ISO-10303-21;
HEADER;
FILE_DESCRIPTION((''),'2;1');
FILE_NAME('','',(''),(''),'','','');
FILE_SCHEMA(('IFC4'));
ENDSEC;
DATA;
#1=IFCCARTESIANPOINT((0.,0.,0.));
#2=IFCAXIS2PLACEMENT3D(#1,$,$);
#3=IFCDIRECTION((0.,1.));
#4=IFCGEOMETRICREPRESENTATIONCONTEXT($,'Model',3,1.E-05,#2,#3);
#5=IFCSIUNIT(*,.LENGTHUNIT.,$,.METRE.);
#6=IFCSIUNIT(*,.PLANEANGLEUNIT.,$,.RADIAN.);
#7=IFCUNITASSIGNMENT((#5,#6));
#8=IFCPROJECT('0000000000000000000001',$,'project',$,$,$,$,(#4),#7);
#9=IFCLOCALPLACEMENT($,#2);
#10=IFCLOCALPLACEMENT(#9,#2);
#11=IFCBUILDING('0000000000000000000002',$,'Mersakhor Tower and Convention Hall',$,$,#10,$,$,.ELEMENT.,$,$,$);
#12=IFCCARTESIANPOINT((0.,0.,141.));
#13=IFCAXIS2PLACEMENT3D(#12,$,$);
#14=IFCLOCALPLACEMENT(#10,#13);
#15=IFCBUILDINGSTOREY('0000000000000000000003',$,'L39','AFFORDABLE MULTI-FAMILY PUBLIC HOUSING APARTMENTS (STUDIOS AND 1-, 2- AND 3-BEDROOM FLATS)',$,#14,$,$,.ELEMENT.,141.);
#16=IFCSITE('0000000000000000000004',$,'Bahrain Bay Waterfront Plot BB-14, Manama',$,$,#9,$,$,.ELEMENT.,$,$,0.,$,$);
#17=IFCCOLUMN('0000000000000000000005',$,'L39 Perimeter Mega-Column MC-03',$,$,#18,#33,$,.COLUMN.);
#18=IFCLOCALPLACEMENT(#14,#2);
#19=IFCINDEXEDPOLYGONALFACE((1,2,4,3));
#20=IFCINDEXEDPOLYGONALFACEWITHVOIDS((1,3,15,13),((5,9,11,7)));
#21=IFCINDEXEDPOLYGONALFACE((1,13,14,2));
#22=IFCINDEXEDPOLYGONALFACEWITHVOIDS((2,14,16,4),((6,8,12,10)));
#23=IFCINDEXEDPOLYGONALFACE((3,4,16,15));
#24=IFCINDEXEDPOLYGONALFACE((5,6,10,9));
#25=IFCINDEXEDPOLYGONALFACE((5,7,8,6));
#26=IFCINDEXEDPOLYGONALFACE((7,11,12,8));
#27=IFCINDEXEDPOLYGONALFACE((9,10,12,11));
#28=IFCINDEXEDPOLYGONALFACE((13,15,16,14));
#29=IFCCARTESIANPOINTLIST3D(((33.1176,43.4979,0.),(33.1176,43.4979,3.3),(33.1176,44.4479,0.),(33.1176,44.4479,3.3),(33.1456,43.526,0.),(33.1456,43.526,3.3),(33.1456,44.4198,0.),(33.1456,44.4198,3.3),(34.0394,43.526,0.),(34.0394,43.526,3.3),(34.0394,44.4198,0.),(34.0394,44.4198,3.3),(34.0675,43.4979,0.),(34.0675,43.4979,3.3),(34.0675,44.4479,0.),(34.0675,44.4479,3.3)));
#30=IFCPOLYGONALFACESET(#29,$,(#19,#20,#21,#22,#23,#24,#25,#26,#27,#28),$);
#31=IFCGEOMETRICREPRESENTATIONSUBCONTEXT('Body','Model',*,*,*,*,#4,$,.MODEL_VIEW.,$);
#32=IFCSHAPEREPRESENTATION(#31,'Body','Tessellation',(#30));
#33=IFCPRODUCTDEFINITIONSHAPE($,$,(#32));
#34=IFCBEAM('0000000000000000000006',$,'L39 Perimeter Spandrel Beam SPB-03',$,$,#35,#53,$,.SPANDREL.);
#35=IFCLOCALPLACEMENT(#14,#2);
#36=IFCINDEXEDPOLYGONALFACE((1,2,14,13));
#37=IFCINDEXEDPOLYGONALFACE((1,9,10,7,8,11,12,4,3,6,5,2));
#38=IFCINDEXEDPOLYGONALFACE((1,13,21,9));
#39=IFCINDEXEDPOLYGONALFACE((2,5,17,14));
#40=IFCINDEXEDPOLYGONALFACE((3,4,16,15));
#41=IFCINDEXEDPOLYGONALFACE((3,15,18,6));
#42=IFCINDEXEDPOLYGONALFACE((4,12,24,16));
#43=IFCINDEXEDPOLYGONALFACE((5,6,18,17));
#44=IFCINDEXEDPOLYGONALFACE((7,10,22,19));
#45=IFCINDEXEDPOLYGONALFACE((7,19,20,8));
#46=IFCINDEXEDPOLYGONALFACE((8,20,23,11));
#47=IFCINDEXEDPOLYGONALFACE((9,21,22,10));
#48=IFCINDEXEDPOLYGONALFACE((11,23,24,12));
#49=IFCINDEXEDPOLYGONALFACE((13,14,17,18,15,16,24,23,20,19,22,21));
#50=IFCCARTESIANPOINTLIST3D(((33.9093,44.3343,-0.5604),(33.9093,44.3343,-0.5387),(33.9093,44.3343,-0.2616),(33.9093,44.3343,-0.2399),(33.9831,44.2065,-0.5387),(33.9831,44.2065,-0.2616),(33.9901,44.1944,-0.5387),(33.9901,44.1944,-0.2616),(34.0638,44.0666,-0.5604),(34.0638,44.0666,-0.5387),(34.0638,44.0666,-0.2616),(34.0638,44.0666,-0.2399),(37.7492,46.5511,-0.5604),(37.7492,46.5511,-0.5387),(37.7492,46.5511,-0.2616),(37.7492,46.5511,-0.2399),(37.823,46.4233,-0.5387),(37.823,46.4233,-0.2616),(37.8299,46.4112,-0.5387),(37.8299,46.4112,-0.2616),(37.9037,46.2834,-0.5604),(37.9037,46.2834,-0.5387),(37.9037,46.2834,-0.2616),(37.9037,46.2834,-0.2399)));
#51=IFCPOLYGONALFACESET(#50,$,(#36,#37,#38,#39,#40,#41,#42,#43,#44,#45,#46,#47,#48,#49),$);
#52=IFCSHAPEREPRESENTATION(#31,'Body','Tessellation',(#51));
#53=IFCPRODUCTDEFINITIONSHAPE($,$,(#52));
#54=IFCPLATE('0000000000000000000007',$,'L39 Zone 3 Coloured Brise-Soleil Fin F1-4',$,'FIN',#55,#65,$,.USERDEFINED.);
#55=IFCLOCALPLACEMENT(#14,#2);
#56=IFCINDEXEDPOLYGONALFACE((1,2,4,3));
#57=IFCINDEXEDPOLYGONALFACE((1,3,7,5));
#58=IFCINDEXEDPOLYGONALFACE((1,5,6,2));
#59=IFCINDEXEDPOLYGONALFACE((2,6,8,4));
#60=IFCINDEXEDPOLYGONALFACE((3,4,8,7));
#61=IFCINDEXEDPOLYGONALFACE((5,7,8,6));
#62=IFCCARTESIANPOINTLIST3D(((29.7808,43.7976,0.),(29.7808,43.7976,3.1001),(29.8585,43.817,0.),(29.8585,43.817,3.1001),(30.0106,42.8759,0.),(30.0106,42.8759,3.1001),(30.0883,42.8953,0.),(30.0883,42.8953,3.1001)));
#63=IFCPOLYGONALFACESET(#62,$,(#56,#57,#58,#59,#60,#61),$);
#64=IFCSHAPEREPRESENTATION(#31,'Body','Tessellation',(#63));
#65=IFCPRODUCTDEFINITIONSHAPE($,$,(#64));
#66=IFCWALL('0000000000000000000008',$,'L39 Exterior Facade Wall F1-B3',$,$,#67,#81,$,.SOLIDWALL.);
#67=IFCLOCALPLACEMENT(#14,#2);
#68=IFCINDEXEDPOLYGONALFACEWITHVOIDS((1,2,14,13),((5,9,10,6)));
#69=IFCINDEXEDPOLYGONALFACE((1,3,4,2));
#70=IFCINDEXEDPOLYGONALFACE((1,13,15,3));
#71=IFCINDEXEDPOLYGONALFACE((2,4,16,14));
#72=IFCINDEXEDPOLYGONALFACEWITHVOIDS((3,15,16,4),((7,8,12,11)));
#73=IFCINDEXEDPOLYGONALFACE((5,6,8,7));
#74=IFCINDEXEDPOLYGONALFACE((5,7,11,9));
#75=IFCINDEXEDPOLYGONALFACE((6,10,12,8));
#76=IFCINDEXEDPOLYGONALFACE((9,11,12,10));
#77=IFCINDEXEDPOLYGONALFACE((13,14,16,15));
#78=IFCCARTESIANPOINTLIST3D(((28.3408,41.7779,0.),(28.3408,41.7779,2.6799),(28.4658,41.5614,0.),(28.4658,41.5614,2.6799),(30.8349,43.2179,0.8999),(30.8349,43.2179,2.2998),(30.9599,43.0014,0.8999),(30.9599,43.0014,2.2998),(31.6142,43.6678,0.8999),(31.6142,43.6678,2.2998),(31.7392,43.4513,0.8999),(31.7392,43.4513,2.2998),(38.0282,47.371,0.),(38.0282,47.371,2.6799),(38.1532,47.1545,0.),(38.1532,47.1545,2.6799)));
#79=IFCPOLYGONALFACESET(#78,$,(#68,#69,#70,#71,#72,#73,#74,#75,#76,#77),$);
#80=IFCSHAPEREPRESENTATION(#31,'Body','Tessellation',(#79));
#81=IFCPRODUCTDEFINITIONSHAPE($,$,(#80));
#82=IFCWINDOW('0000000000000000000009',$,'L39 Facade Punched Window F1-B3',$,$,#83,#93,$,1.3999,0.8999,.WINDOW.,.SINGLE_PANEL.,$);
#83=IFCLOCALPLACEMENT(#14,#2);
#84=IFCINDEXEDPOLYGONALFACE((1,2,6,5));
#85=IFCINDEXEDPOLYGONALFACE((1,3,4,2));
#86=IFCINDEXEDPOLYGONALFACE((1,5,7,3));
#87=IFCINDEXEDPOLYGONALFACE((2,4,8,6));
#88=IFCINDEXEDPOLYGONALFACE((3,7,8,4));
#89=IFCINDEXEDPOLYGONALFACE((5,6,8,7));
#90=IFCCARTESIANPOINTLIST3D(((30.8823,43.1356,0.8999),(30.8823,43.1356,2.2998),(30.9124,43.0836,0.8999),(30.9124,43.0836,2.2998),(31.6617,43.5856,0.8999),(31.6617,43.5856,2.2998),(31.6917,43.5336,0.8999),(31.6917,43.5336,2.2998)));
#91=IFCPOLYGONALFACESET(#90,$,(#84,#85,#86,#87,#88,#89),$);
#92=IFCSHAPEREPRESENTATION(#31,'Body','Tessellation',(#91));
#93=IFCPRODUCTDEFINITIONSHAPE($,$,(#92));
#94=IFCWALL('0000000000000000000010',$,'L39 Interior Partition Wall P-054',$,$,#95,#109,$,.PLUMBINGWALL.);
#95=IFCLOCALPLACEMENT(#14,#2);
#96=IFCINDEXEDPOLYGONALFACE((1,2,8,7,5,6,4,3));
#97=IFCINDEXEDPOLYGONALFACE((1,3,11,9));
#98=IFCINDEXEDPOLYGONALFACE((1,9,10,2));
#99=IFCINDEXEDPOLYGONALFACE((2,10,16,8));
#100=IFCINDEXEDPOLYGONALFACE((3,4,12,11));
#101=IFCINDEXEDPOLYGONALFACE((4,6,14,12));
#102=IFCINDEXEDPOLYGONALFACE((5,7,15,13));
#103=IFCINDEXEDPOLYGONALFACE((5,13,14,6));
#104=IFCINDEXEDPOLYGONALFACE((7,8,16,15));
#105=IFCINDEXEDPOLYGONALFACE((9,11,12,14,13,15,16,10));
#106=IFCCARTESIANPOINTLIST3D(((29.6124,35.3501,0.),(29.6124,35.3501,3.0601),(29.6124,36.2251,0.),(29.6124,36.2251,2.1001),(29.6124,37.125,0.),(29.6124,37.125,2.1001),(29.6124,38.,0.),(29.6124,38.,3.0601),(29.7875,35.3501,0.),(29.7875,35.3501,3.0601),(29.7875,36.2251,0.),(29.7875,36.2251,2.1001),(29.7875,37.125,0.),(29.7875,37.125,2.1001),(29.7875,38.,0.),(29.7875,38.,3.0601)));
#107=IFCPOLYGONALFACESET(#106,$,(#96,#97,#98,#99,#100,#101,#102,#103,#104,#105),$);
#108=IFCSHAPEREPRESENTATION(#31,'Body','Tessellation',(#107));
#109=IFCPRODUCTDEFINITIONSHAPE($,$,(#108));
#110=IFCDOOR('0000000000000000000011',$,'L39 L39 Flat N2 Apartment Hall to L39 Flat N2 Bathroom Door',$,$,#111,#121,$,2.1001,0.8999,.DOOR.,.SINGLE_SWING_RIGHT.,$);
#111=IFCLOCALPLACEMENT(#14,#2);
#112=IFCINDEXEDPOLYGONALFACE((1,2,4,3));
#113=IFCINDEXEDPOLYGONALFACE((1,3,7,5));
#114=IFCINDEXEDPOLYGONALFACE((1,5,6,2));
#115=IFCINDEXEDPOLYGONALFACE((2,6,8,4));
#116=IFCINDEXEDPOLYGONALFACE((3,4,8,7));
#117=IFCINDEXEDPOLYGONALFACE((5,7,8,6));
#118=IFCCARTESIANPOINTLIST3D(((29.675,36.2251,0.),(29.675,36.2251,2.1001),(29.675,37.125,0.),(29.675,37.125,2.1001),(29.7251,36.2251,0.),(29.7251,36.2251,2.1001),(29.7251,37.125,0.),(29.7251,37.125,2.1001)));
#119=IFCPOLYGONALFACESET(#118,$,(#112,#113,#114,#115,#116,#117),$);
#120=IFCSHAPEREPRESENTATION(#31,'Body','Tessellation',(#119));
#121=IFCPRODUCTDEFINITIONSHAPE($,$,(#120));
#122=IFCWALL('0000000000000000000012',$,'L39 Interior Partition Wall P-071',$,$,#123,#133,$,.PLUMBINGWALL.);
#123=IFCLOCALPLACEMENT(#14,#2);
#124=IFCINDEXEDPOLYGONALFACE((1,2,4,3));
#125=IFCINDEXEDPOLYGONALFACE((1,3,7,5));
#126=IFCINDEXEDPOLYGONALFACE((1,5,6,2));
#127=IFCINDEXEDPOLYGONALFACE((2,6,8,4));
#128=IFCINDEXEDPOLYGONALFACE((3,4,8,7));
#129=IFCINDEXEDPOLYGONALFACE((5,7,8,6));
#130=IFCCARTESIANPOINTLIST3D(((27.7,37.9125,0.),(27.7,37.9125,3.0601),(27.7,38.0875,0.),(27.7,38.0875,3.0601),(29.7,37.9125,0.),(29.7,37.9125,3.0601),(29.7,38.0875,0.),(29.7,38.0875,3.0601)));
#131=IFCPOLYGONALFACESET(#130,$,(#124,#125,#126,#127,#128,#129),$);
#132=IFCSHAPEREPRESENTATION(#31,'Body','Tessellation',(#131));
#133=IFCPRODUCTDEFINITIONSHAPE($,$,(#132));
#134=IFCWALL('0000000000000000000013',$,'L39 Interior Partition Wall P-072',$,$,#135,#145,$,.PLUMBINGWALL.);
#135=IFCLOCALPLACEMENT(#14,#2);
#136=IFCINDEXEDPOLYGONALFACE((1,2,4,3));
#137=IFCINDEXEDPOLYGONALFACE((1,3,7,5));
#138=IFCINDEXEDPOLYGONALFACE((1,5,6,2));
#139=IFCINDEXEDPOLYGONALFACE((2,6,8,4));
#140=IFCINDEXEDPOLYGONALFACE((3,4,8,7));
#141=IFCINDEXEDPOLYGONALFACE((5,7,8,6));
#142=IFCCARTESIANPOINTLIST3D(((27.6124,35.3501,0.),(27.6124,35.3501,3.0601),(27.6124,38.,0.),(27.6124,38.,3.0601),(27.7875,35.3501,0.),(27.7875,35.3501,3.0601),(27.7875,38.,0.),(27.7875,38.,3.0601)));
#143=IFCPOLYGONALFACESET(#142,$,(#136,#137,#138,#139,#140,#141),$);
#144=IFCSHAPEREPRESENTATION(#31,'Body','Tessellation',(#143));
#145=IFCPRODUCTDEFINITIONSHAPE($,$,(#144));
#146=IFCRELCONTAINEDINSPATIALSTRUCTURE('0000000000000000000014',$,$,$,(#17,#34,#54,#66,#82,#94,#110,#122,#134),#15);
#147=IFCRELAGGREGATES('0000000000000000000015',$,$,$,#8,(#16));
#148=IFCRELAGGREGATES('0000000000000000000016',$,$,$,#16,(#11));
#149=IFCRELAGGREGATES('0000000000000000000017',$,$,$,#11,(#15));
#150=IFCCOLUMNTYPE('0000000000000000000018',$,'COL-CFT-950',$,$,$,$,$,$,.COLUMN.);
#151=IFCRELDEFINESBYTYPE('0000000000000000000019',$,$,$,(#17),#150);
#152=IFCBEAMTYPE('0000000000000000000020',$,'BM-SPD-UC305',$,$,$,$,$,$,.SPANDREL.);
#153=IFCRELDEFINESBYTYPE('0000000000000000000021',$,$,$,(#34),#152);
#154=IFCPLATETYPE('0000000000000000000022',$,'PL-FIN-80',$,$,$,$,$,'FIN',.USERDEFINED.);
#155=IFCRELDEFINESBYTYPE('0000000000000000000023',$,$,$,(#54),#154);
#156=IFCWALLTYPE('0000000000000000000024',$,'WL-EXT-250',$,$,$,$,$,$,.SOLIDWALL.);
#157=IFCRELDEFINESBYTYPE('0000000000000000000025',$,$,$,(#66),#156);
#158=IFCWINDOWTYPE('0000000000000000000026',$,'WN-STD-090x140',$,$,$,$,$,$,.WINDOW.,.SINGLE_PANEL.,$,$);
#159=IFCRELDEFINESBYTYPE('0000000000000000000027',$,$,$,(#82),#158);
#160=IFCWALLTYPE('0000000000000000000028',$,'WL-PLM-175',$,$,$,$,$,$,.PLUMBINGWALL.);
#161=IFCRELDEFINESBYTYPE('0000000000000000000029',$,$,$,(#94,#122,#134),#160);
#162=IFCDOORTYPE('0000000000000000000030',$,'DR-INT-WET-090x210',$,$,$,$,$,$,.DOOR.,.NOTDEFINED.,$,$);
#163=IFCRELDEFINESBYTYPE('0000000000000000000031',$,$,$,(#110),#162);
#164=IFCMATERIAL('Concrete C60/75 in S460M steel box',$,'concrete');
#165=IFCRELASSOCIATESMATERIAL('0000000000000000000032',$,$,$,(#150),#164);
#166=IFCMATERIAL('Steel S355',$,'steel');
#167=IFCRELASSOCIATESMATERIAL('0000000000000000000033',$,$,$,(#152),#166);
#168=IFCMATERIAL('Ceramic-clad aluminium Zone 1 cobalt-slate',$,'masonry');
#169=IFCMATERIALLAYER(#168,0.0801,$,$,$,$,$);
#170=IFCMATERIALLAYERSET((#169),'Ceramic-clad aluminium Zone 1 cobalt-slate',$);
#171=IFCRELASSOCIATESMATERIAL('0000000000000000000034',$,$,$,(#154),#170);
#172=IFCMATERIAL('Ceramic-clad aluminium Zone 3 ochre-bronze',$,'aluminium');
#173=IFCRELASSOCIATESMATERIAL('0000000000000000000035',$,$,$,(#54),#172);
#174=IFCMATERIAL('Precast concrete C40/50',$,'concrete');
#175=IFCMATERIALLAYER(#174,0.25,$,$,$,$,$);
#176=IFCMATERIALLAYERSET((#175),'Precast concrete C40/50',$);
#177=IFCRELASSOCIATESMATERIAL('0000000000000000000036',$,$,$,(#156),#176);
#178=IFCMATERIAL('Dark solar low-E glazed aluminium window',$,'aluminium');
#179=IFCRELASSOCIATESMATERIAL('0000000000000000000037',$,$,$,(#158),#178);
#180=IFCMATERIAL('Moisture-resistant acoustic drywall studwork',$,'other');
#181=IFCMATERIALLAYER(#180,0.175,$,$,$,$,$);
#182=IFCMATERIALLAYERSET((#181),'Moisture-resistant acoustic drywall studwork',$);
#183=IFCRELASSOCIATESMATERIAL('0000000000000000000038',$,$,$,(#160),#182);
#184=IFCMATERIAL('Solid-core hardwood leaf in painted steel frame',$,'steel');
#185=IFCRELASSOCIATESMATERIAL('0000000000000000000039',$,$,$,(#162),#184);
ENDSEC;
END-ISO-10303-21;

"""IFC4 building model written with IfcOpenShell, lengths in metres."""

from ifc_helpers import new_model, si_unit, direction, frame, frame_2d, origin, origin_2d, place, context, subcontext, project, spatial, rectangle, hollow_rectangle, i_section, extrude, material, layer, layer_set, material_profile, profile_set, type_object, element, fill, save


model = new_model("IFC4")

# Units and contexts
model_context = context("Model", 3, precision=1e-05, world=origin(), true_north=direction((0.0, 1.0)))
body_context = subcontext(model_context, "Body", "Model", "MODEL_VIEW")
ifc_project = project(units=[si_unit("LENGTHUNIT", "METRE"), si_unit("PLANEANGLEUNIT", "RADIAN")], contexts=[model_context])

# Site, building, storey
site_placement = place(None, origin())
site = spatial("IfcSite", under=ifc_project, at=site_placement, Name="Bahrain Bay Waterfront Plot BB-14, Manama", CompositionType="ELEMENT", RefElevation=0.0)
building_placement = place(site_placement, origin())
building = spatial("IfcBuilding", under=site, at=building_placement, Name="Mersakhor Tower and Convention Hall", CompositionType="ELEMENT")
storey_placement = place(building_placement, frame((0.0, 0.0, 141.0)))
storey = spatial("IfcBuildingStorey", under=building, at=storey_placement, Name="L39", Description="AFFORDABLE MULTI-FAMILY PUBLIC HOUSING APARTMENTS (STUDIOS AND 1-, 2- AND 3-BEDROOM FLATS)", CompositionType="ELEMENT", Elevation=141.0)

# Column
ifc_material_1 = material(Name="Concrete C60/75 in S460M steel box", Category="concrete")
ifc_material_profile_1 = material_profile(ifc_material_1, hollow_rectangle(XDim=0.95, YDim=0.95, WallThickness=0.0281, at=origin_2d()), Name="SHS 950x950x28")
ifc_profile_set_1 = profile_set([ifc_material_profile_1], Name="Concrete C60/75 in S460M steel box")
column_type = type_object("IfcColumnType", Name="COL-CFT-950", PredefinedType="COLUMN", material=ifc_profile_set_1)
column_placement = place(storey_placement, frame((33.5925, 43.9729, 0.0), z_axis=(0.0, 0.0, 1.0), x_axis=(1.0, 0.0, 0.0)))
element("IfcColumn", 1, at=column_placement, inside=storey, type_object=column_type, Name="L39 Perimeter Mega-Column MC-03", PredefinedType="COLUMN", context=body_context, shape_type="SweptSolid", body=[
    extrude(hollow_rectangle(XDim=0.95, YDim=0.95, WallThickness=0.0281, at=origin_2d()), origin(), (0.0, 0.0, 1.0), 3.3),
])

# Beam
ifc_material_2 = material(Name="Steel S355", Category="steel")
ifc_material_profile_2 = material_profile(ifc_material_2, i_section(OverallWidth=0.3091, OverallDepth=0.3206, WebThickness=0.0139, FlangeThickness=0.0217, at=origin_2d()), Name="UC 305x305x137")
ifc_profile_set_2 = profile_set([ifc_material_profile_2], Name="Steel S355")
beam_type = type_object("IfcBeamType", Name="BM-SPD-UC305", PredefinedType="SPANDREL", material=ifc_profile_set_2)
beam_placement = place(storey_placement, frame((33.9866, 44.2004, -0.4001), z_axis=(0.866039, 0.499977, 0.0), x_axis=(-0.499977, 0.866039, 0.0)))
element("IfcBeam", 2, at=beam_placement, inside=storey, type_object=beam_type, Name="L39 Perimeter Spandrel Beam SPB-03", PredefinedType="SPANDREL", context=body_context, shape_type="SweptSolid", body=[
    extrude(i_section(OverallWidth=0.3091, OverallDepth=0.3206, WebThickness=0.0139, FlangeThickness=0.0217, at=origin_2d()), origin(), (0.0, 0.0, 1.0), 4.4338),
])

# Plate
ifc_material_3 = material(Name="Ceramic-clad aluminium Zone 3 ochre-bronze", Category="aluminium")
ifc_material_4 = material(Name="Ceramic-clad aluminium Zone 1 cobalt-slate", Category="masonry")
ifc_layer_1 = layer(ifc_material_4, 0.0801)
ifc_layer_set_1 = layer_set([ifc_layer_1], Name="Ceramic-clad aluminium Zone 1 cobalt-slate")
plate_type = type_object("IfcPlateType", Name="PL-FIN-80", ElementType="FIN", PredefinedType="USERDEFINED", material=ifc_layer_set_1)
plate_placement = place(storey_placement, frame((29.9346, 43.3464, 0.0), z_axis=(0.0, 0.0, 1.0), x_axis=(-0.241922, 0.970296, 0.0)))
element("IfcPlate", 3, at=plate_placement, inside=storey, type_object=plate_type, material=ifc_material_3, Name="L39 Zone 3 Coloured Brise-Soleil Fin F1-4", ObjectType="FIN", PredefinedType="USERDEFINED", context=body_context, shape_type="SweptSolid", body=[
    extrude(rectangle(XDim=0.95, YDim=0.0801, at=origin_2d()), origin(), (0.0, 0.0, 1.0), 3.1001),
])

# Wall, opening, window
ifc_material_5 = material(Name="Precast concrete C40/50", Category="concrete")
ifc_layer_2 = layer(ifc_material_5, 0.25)
ifc_layer_set_2 = layer_set([ifc_layer_2], Name="Precast concrete C40/50")
wall_type_1 = type_object("IfcWallType", Name="WL-EXT-250", PredefinedType="SOLIDWALL", material=ifc_layer_set_2)
wall_1_placement = place(storey_placement, frame((28.4033, 41.6697, 0.0), z_axis=(0.0, 0.0, 1.0), x_axis=(0.866022, 0.500005, 0.0)))
wall_1 = element("IfcWall", 4, at=wall_1_placement, inside=storey, type_object=wall_type_1, Name="L39 Exterior Facade Wall F1-B3", PredefinedType="SOLIDWALL", context=body_context, shape_type="SweptSolid", body=[
    extrude(rectangle(XDim=11.186, YDim=0.25, at=frame_2d((5.593, 0.0))), origin(), (0.0, 0.0, 1.0), 2.6799),
])
opening_1_placement = place(wall_1_placement, frame((2.8799, 0.0, 0.8999)))
opening_1 = element("IfcOpeningElement", 5, at=opening_1_placement, cuts=wall_1, PredefinedType="OPENING", context=body_context, shape_type="SweptSolid", body=[
    extrude(rectangle(XDim=0.8999, YDim=1.3999, at=frame_2d((0.45, 0.7))), frame((0.0, 0.135, 0.0), z_axis=(0.0, -1.0, 0.0), x_axis=(1.0, 0.0, 0.0)), (0.0, 0.0, 1.0), 0.27),
])
ifc_material_6 = material(Name="Dark solar low-E glazed aluminium window", Category="aluminium")
window_type = type_object("IfcWindowType", Name="WN-STD-090x140", PartitioningType="SINGLE_PANEL", PredefinedType="WINDOW", material=ifc_material_6)
window_placement = place(opening_1_placement, origin())
window = element("IfcWindow", 6, at=window_placement, inside=storey, type_object=window_type, Name="L39 Facade Punched Window F1-B3", OverallHeight=1.3999, OverallWidth=0.8999, PartitioningType="SINGLE_PANEL", PredefinedType="WINDOW", context=body_context, shape_type="SweptSolid", body=[
    extrude(rectangle(XDim=0.8999, YDim=1.3999, at=frame_2d((0.45, 0.7))), frame((0.0, 0.03, 0.0), z_axis=(0.0, -1.0, 0.0), x_axis=(1.0, 0.0, 0.0)), (0.0, 0.0, 1.0), 0.0601),
])
fill(opening_1, window)

# Wall, opening, door
ifc_material_7 = material(Name="Moisture-resistant acoustic drywall studwork", Category="other")
ifc_layer_3 = layer(ifc_material_7, 0.175)
ifc_layer_set_3 = layer_set([ifc_layer_3], Name="Moisture-resistant acoustic drywall studwork")
wall_type_2 = type_object("IfcWallType", Name="WL-PLM-175", PredefinedType="PLUMBINGWALL", material=ifc_layer_set_3)
wall_2_placement = place(storey_placement, frame((29.7, 35.3501, 0.0), z_axis=(0.0, 0.0, 1.0), x_axis=(0.0, 1.0, 0.0)))
wall_2 = element("IfcWall", 7, at=wall_2_placement, inside=storey, type_object=wall_type_2, Name="L39 Interior Partition Wall P-054", PredefinedType="PLUMBINGWALL", context=body_context, shape_type="SweptSolid", body=[
    extrude(rectangle(XDim=2.6499, YDim=0.175, at=frame_2d((1.325, 0.0))), origin(), (0.0, 0.0, 1.0), 3.0601),
])
opening_2_placement = place(wall_2_placement, frame((0.875, 0.0, 0.0)))
opening_2 = element("IfcOpeningElement", 8, at=opening_2_placement, cuts=wall_2, PredefinedType="OPENING", context=body_context, shape_type="SweptSolid", body=[
    extrude(rectangle(XDim=0.8999, YDim=2.1001, at=frame_2d((0.45, 1.05))), frame((0.0, 0.0974, 0.0), z_axis=(0.0, -1.0, 0.0), x_axis=(1.0, 0.0, 0.0)), (0.0, 0.0, 1.0), 0.1951),
])
ifc_material_8 = material(Name="Solid-core hardwood leaf in painted steel frame", Category="steel")
door_type_1 = type_object("IfcDoorType", Name="DR-INT-WET-090x210", OperationType="NOTDEFINED", PredefinedType="DOOR", material=ifc_material_8)
door_1_placement = place(opening_2_placement, origin())
door_1 = element("IfcDoor", 9, at=door_1_placement, inside=storey, type_object=door_type_1, Name="L39 L39 Flat N2 Apartment Hall to L39 Flat N2 Bathroom Door", OperationType="SINGLE_SWING_RIGHT", OverallHeight=2.1001, OverallWidth=0.8999, PredefinedType="DOOR", context=body_context, shape_type="SweptSolid", body=[
    extrude(rectangle(XDim=0.8999, YDim=2.1001, at=frame_2d((0.45, 1.05))), frame((0.0, 0.0249, 0.0), z_axis=(0.0, -1.0, 0.0), x_axis=(1.0, 0.0, 0.0)), (0.0, 0.0, 1.0), 0.05),
])
fill(opening_2, door_1)

# Walls
wall_3_placement = place(storey_placement, frame((27.7, 38.0, 0.0), z_axis=(0.0, 0.0, 1.0), x_axis=(1.0, 0.0, 0.0)))
element("IfcWall", 10, at=wall_3_placement, inside=storey, type_object=wall_type_2, Name="L39 Interior Partition Wall P-071", PredefinedType="PLUMBINGWALL", context=body_context, shape_type="SweptSolid", body=[
    extrude(rectangle(XDim=2.0, YDim=0.175, at=frame_2d((1.0, 0.0))), origin(), (0.0, 0.0, 1.0), 3.0601),
])
wall_4_placement = place(storey_placement, frame((27.7, 35.3501, 0.0), z_axis=(0.0, 0.0, 1.0), x_axis=(0.0, 1.0, 0.0)))
element("IfcWall", 11, at=wall_4_placement, inside=storey, type_object=wall_type_2, Name="L39 Interior Partition Wall P-072", PredefinedType="PLUMBINGWALL", context=body_context, shape_type="SweptSolid", body=[
    extrude(rectangle(XDim=2.6499, YDim=0.175, at=frame_2d((1.325, 0.0))), origin(), (0.0, 0.0, 1.0), 3.0601),
])

save(model, "model.ifc")
